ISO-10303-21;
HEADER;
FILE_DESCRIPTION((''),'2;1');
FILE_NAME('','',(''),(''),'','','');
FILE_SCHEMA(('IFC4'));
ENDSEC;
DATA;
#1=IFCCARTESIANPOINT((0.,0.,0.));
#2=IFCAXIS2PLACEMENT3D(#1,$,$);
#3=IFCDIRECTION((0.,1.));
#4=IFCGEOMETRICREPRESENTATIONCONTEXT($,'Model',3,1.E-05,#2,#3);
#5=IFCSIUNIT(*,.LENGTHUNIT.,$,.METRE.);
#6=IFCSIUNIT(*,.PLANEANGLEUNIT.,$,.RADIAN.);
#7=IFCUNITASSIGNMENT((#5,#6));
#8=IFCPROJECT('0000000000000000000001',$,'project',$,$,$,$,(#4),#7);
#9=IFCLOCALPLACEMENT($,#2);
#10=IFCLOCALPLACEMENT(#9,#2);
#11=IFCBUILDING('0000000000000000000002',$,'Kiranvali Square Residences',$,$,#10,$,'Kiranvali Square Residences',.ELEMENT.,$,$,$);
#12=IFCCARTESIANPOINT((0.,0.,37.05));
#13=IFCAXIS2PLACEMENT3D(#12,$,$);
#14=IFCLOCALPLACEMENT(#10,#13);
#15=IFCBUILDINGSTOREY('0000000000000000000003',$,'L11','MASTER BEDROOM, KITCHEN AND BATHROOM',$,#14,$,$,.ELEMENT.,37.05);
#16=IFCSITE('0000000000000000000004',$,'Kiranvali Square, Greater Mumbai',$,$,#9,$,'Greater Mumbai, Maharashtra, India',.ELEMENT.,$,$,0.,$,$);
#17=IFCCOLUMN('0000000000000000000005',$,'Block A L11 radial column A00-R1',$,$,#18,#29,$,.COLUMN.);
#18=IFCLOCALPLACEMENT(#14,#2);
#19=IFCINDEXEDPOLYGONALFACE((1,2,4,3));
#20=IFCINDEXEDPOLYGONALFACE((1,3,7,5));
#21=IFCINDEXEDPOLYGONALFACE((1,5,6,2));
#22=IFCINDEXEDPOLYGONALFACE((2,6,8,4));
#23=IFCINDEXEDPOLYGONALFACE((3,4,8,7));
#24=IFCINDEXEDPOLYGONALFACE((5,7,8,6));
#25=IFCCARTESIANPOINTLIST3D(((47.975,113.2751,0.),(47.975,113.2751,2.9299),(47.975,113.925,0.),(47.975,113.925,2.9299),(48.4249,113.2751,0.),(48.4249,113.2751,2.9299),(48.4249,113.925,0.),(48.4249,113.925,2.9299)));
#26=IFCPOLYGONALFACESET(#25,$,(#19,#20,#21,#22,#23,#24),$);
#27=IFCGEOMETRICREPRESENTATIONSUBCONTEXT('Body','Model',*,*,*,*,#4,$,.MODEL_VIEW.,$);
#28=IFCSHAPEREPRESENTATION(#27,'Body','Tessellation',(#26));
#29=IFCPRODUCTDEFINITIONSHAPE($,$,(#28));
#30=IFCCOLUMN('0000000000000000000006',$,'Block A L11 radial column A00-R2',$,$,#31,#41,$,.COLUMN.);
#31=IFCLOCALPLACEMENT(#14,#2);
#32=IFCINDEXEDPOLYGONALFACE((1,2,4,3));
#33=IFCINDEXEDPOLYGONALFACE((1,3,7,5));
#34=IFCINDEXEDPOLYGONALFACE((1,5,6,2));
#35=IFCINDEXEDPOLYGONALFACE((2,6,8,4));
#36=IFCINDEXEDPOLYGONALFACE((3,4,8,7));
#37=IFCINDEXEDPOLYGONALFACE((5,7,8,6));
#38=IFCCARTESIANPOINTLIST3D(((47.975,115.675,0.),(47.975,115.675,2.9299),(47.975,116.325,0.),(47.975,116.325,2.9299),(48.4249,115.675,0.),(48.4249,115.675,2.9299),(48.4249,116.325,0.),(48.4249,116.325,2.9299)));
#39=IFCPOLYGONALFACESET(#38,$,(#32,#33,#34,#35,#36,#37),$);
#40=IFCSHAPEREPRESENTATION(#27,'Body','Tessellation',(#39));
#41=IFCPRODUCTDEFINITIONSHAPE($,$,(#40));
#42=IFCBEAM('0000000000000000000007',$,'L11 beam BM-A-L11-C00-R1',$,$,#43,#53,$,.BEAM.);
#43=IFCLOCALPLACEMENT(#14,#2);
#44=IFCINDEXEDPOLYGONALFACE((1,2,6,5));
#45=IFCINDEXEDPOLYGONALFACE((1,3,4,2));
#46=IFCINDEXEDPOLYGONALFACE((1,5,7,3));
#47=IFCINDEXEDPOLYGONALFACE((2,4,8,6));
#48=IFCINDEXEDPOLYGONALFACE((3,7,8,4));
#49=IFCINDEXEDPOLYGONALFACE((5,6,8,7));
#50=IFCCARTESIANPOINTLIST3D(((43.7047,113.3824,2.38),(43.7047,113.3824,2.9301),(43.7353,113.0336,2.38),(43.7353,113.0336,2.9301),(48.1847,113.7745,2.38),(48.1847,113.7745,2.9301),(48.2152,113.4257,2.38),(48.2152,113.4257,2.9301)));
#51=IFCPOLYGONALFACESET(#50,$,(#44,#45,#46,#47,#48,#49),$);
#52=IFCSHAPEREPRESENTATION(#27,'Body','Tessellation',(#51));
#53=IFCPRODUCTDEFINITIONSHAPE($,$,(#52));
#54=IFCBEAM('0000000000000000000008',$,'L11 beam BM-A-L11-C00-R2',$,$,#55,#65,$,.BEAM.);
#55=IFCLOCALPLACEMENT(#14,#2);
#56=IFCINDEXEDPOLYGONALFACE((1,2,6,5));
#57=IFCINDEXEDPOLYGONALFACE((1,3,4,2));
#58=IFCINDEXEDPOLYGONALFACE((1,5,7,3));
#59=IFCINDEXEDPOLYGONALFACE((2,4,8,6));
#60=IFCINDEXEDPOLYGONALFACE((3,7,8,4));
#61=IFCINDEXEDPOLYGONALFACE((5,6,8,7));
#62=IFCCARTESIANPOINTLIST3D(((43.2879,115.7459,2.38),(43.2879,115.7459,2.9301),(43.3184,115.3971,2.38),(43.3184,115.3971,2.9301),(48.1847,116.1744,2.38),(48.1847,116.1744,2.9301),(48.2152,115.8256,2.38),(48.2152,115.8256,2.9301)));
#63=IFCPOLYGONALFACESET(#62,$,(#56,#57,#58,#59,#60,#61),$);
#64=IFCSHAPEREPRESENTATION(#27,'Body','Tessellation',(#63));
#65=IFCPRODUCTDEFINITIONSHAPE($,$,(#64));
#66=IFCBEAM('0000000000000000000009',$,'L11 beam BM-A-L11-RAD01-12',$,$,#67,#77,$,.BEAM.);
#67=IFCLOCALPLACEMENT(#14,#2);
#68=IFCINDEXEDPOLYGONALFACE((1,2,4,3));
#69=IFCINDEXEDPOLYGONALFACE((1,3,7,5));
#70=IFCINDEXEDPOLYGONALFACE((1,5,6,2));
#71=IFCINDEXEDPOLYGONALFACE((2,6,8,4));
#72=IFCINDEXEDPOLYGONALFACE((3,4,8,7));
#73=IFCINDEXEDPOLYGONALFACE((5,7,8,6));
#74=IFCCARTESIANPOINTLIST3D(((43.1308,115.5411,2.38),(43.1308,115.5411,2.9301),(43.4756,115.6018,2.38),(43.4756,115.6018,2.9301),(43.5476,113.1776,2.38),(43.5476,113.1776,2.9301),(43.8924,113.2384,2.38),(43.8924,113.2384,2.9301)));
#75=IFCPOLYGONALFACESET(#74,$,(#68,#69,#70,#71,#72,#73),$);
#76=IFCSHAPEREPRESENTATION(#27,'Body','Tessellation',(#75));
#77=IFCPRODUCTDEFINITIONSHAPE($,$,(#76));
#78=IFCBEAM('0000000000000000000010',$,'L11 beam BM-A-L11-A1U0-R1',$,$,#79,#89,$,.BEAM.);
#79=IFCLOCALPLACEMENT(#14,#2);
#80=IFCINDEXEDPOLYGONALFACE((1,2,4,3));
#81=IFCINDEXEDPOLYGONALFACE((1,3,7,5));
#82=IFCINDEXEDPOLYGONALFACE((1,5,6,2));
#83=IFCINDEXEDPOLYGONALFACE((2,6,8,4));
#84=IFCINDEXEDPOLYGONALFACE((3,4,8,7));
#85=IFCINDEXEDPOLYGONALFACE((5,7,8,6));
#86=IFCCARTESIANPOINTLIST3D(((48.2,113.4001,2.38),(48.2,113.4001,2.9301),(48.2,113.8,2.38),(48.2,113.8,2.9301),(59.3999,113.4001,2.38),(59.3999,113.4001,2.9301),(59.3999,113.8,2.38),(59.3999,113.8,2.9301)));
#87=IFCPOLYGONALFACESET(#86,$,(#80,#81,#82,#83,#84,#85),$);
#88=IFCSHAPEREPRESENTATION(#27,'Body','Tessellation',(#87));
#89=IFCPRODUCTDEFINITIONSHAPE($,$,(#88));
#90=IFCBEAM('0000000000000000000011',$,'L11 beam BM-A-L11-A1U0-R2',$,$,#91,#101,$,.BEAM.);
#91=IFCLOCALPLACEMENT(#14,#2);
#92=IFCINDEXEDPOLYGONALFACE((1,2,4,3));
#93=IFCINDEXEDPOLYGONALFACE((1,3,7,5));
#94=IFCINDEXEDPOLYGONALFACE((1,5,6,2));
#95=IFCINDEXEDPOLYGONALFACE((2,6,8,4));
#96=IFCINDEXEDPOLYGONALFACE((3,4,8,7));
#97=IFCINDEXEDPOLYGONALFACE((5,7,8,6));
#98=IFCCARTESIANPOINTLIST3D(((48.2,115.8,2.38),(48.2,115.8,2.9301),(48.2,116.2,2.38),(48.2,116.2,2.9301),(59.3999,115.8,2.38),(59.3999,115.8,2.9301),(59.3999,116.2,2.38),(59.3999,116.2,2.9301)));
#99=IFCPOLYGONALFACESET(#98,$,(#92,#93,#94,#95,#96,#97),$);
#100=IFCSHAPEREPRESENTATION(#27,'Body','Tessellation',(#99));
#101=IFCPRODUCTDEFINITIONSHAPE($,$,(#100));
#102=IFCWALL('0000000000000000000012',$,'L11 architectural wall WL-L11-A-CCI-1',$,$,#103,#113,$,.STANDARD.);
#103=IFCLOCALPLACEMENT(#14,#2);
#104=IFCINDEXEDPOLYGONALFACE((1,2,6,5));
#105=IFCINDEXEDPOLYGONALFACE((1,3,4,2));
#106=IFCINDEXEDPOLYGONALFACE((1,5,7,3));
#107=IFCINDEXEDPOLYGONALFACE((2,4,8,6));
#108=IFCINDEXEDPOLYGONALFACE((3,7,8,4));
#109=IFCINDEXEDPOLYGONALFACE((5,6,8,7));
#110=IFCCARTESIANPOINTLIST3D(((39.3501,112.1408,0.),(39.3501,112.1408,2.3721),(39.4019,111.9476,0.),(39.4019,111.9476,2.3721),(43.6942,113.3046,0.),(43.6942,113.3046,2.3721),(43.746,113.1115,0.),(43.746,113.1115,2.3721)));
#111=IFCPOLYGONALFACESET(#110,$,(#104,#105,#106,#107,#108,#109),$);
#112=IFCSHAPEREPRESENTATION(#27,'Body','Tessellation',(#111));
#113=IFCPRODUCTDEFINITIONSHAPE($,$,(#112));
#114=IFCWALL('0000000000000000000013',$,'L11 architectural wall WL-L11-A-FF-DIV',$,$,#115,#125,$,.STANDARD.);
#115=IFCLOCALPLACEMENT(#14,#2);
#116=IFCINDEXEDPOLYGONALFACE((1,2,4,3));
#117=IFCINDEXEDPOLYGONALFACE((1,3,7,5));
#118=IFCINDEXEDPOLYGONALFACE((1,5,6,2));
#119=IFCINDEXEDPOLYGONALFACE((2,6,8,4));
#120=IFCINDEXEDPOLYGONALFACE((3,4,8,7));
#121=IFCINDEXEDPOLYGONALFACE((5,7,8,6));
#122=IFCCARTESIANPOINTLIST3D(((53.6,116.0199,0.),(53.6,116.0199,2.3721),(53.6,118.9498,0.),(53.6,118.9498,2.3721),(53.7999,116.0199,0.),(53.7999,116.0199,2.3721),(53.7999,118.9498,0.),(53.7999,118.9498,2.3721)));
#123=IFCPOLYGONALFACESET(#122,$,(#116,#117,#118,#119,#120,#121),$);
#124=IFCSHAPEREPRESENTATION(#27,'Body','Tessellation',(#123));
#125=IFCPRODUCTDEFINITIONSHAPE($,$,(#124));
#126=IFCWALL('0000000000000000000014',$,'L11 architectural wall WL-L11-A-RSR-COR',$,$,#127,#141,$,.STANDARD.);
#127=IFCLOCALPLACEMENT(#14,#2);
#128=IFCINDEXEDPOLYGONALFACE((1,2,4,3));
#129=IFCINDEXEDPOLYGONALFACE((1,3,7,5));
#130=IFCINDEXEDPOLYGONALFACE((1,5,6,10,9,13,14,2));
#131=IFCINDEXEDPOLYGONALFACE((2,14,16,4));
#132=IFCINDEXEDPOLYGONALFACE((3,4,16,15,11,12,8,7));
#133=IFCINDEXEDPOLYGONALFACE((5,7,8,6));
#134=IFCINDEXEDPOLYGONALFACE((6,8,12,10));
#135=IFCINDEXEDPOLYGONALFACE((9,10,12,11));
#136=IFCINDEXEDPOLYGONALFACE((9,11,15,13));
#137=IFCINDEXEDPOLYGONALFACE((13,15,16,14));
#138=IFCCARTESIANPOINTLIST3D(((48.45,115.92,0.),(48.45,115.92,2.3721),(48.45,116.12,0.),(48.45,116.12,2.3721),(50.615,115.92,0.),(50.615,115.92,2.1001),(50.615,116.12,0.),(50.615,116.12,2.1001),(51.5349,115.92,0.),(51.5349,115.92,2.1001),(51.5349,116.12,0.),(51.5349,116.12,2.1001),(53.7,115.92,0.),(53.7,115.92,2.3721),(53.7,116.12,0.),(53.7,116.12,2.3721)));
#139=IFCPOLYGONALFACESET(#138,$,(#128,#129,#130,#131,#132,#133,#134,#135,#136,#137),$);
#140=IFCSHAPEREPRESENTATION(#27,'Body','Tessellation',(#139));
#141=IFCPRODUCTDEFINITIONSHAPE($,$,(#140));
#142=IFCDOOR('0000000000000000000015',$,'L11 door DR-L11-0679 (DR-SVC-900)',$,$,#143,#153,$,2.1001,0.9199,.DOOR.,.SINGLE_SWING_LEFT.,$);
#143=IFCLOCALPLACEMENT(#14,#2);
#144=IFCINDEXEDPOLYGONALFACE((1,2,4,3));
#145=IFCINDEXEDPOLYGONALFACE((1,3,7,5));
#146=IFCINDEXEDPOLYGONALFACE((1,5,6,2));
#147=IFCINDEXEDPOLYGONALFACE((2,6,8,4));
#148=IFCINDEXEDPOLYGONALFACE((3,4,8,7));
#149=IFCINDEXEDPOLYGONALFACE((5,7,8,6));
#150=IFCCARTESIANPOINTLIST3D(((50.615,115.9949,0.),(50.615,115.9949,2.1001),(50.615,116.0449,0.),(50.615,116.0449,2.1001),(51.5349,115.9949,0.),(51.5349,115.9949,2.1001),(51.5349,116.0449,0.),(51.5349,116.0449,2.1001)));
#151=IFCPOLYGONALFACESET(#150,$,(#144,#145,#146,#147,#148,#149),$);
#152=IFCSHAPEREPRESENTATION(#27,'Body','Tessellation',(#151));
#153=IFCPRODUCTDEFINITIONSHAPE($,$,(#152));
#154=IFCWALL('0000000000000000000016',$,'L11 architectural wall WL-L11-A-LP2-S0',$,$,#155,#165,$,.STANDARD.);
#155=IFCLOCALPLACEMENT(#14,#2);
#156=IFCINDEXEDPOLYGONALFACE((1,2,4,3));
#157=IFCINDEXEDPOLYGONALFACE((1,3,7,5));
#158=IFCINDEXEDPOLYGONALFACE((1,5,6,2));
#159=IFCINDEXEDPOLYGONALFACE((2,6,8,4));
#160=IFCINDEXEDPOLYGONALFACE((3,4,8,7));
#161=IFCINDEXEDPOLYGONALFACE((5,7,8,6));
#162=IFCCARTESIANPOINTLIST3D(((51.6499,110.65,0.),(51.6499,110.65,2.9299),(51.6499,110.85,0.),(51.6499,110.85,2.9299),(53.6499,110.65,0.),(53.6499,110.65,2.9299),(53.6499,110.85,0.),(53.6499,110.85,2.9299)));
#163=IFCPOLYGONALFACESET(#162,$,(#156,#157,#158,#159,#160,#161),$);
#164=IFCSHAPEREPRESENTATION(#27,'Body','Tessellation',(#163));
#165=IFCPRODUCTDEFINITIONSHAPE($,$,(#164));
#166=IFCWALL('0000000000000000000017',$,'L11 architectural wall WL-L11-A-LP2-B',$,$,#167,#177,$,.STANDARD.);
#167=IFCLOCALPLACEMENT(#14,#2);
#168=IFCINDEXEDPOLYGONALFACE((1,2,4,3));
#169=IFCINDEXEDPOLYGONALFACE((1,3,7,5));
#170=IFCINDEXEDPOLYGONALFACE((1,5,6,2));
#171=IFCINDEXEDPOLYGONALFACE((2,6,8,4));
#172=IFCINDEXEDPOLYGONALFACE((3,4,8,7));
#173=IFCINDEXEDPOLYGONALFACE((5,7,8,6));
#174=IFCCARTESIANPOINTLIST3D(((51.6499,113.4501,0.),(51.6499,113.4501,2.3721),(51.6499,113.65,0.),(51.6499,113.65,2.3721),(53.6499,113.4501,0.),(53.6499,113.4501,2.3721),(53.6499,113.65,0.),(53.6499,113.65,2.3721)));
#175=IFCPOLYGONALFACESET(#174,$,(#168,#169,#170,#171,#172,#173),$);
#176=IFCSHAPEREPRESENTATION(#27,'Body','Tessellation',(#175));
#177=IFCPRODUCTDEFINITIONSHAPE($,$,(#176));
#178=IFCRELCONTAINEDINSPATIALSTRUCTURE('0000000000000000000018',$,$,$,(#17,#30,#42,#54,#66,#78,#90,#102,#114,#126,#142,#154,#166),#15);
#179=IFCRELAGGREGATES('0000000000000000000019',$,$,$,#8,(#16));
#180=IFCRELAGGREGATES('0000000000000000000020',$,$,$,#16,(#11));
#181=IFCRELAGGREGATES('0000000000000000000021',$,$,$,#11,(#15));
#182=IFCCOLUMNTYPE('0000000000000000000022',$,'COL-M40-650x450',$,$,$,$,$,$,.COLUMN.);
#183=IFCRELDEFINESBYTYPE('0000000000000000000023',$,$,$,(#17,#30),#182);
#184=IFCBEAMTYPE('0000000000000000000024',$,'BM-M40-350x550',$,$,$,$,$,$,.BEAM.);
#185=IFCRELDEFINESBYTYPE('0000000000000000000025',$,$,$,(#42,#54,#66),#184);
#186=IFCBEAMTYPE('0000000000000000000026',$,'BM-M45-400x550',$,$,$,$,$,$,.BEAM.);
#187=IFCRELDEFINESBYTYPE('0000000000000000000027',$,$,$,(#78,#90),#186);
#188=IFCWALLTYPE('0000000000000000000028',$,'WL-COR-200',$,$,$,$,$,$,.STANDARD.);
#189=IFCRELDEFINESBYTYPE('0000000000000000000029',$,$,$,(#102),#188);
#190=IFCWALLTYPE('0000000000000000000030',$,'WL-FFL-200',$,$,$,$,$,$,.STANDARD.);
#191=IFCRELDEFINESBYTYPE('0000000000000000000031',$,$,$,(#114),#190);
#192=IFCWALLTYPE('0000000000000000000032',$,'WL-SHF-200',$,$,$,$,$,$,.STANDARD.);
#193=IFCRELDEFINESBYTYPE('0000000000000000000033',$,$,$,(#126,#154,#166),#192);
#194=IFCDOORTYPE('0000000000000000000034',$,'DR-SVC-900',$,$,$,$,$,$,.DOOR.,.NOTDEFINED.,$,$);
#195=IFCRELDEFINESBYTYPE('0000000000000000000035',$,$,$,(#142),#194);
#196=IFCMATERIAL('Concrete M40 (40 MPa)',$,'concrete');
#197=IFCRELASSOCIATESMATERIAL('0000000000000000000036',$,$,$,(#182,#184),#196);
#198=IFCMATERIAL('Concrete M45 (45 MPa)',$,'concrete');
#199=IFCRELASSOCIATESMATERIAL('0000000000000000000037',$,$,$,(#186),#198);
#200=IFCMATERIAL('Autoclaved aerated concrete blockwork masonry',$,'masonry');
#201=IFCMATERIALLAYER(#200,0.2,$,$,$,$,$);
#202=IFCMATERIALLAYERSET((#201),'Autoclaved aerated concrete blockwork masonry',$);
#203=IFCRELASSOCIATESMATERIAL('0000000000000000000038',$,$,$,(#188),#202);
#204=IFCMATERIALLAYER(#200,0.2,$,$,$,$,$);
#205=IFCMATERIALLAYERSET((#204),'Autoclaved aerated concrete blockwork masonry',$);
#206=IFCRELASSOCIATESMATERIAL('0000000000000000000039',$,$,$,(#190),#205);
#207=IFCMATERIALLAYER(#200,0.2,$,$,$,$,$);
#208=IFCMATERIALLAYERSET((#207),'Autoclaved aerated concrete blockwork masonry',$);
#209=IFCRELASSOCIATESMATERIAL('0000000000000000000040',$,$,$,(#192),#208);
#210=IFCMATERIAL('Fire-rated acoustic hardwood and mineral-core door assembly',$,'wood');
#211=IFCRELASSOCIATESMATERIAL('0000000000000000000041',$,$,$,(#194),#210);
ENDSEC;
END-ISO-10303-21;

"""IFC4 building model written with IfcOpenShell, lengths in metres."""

from ifc_helpers import new_model, si_unit, direction, frame, frame_2d, origin, origin_2d, place, context, subcontext, project, spatial, rectangle, extrude, material, layer, layer_set, material_profile, profile_set, type_object, element, fill, save


model = new_model("IFC4")

# Units and contexts
model_context = context("Model", 3, precision=1e-05, world=origin(), true_north=direction((0.0, 1.0)))
body_context = subcontext(model_context, "Body", "Model", "MODEL_VIEW")
ifc_project = project(units=[si_unit("LENGTHUNIT", "METRE"), si_unit("PLANEANGLEUNIT", "RADIAN")], contexts=[model_context])

# Site, building, storey
site_placement = place(None, origin())
site = spatial("IfcSite", under=ifc_project, at=site_placement, Name="Kiranvali Square, Greater Mumbai", LongName="Greater Mumbai, Maharashtra, India", CompositionType="ELEMENT", RefElevation=0.0)
building_placement = place(site_placement, origin())
building = spatial("IfcBuilding", under=site, at=building_placement, Name="Kiranvali Square Residences", LongName="Kiranvali Square Residences", CompositionType="ELEMENT")
storey_placement = place(building_placement, frame((0.0, 0.0, 37.05)))
storey = spatial("IfcBuildingStorey", under=building, at=storey_placement, Name="L11", Description="MASTER BEDROOM, KITCHEN AND BATHROOM", CompositionType="ELEMENT", Elevation=37.05)

# Columns
ifc_material_1 = material(Name="Concrete M40 (40 MPa)", Category="concrete")
ifc_material_profile_1 = material_profile(ifc_material_1, rectangle(XDim=0.45, YDim=0.6499, at=origin_2d()), Name="RC 650x450")
ifc_profile_set_1 = profile_set([ifc_material_profile_1], Name="Concrete M40 (40 MPa)")
column_type = type_object("IfcColumnType", Name="COL-M40-650x450", PredefinedType="COLUMN", material=ifc_profile_set_1)
for number, where, z_axis, x_axis, name in (
    (1, (48.2, 113.6001, 0.0), (0.0, 0.0, 1.0), (1.0, 0.0, 0.0), "Block A L11 radial column A00-R1"),
    (2, (48.2, 116.0, 0.0), (0.0, 0.0, 1.0), (1.0, 0.0, 0.0), "Block A L11 radial column A00-R2"),
):
    element("IfcColumn", number, at=place(storey_placement, frame(where, z_axis=z_axis, x_axis=x_axis)), inside=storey, type_object=column_type, Name=name, PredefinedType="COLUMN", context=body_context, shape_type="SweptSolid", body=[
        extrude(rectangle(XDim=0.45, YDim=0.6499, at=origin_2d()), origin(), (0.0, 0.0, 1.0), 2.9299),
    ])

# Beams
ifc_material_profile_2 = material_profile(ifc_material_1, rectangle(XDim=0.3501, YDim=0.55, at=origin_2d()), Name="RC 350x550")
ifc_profile_set_2 = profile_set([ifc_material_profile_2], Name="Concrete M40 (40 MPa)")
beam_type_1 = type_object("IfcBeamType", Name="BM-M40-350x550", PredefinedType="BEAM", material=ifc_profile_set_2)
beam_1_placement = place(storey_placement, frame((48.2, 113.6001, 2.655), z_axis=(-0.996192, -0.087187, 0.0), x_axis=(0.087187, -0.996192, 0.0)))
element("IfcBeam", 3, at=beam_1_placement, inside=storey, type_object=beam_type_1, Name="L11 beam BM-A-L11-C00-R1", PredefinedType="BEAM", context=body_context, shape_type="SweptSolid", body=[
    extrude(rectangle(XDim=0.3501, YDim=0.55, at=origin_2d()), origin(), (0.0, 0.0, 1.0), 4.4971),
])
beam_2_placement = place(storey_placement, frame((48.2, 116.0, 2.655), z_axis=(-0.996194, -0.087168, 0.0), x_axis=(0.087168, -0.996194, 0.0)))
element("IfcBeam", 4, at=beam_2_placement, inside=storey, type_object=beam_type_1, Name="L11 beam BM-A-L11-C00-R2", PredefinedType="BEAM", context=body_context, shape_type="SweptSolid", body=[
    extrude(rectangle(XDim=0.3501, YDim=0.55, at=origin_2d()), origin(), (0.0, 0.0, 1.0), 4.9155),
])
beam_3_placement = place(storey_placement, frame((43.72, 113.208, 2.655), z_axis=(-0.173646, 0.984808, 0.0), x_axis=(-0.984808, -0.173646, 0.0)))
element("IfcBeam", 5, at=beam_3_placement, inside=storey, type_object=beam_type_1, Name="L11 beam BM-A-L11-RAD01-12", PredefinedType="BEAM", context=body_context, shape_type="SweptSolid", body=[
    extrude(rectangle(XDim=0.3501, YDim=0.55, at=origin_2d()), origin(), (0.0, 0.0, 1.0), 2.3999),
])
ifc_material_2 = material(Name="Concrete M45 (45 MPa)", Category="concrete")
ifc_material_profile_3 = material_profile(ifc_material_2, rectangle(XDim=0.3999, YDim=0.55, at=origin_2d()), Name="RC 400x550")
ifc_profile_set_3 = profile_set([ifc_material_profile_3], Name="Concrete M45 (45 MPa)")
beam_type_2 = type_object("IfcBeamType", Name="BM-M45-400x550", PredefinedType="BEAM", material=ifc_profile_set_3)
for number, where, z_axis, x_axis, name in (
    (6, (48.2, 113.6001, 2.655), (1.0, 0.0, 0.0), (0.0, 1.0, 0.0), "L11 beam BM-A-L11-A1U0-R1"),
    (7, (48.2, 116.0, 2.655), (1.0, 0.0, 0.0), (0.0, 1.0, 0.0), "L11 beam BM-A-L11-A1U0-R2"),
):
    element("IfcBeam", number, at=place(storey_placement, frame(where, z_axis=z_axis, x_axis=x_axis)), inside=storey, type_object=beam_type_2, Name=name, PredefinedType="BEAM", context=body_context, shape_type="SweptSolid", body=[
        extrude(rectangle(XDim=0.3999, YDim=0.55, at=origin_2d()), origin(), (0.0, 0.0, 1.0), 11.2),
    ])

# Shared definitions
ifc_material_3 = material(Name="Autoclaved aerated concrete blockwork masonry", Category="masonry")
ifc_layer_1 = layer(ifc_material_3, 0.2)
ifc_layer_set_1 = layer_set([ifc_layer_1], Name="Autoclaved aerated concrete blockwork masonry")
wall_type_1 = type_object("IfcWallType", Name="WL-COR-200", PredefinedType="STANDARD", material=ifc_layer_set_1)
ifc_material_4 = material(Name="Fire-rated acoustic hardwood and mineral-core door assembly", Category="wood")

# Wall
wall_1_placement = place(storey_placement, frame((43.72, 113.208, 0.0), z_axis=(0.0, 0.0, 1.0), x_axis=(-0.965934, -0.258788, 0.0)))
element("IfcWall", 8, at=wall_1_placement, inside=storey, type_object=wall_type_1, Name="L11 architectural wall WL-L11-A-CCI-1", PredefinedType="STANDARD", context=body_context, shape_type="SweptSolid", body=[
    extrude(rectangle(XDim=4.4973, YDim=0.2, at=frame_2d((2.2485, 0.0))), origin(), (0.0, 0.0, 1.0), 2.3721),
])

# Shared definitions
ifc_layer_2 = layer(ifc_material_3, 0.2)
ifc_layer_set_2 = layer_set([ifc_layer_2], Name="Autoclaved aerated concrete blockwork masonry")
wall_type_2 = type_object("IfcWallType", Name="WL-FFL-200", PredefinedType="STANDARD", material=ifc_layer_set_2)

# Wall
wall_2_placement = place(storey_placement, frame((53.7, 116.02, 0.0), z_axis=(0.0, 0.0, 1.0), x_axis=(0.0, 1.0, 0.0)))
element("IfcWall", 9, at=wall_2_placement, inside=storey, type_object=wall_type_2, Name="L11 architectural wall WL-L11-A-FF-DIV", PredefinedType="STANDARD", context=body_context, shape_type="SweptSolid", body=[
    extrude(rectangle(XDim=2.9299, YDim=0.2, at=frame_2d((1.4648, 0.0))), origin(), (0.0, 0.0, 1.0), 2.3721),
])

# Wall, opening, door
ifc_layer_3 = layer(ifc_material_3, 0.2)
ifc_layer_set_3 = layer_set([ifc_layer_3], Name="Autoclaved aerated concrete blockwork masonry")
wall_type_3 = type_object("IfcWallType", Name="WL-SHF-200", PredefinedType="STANDARD", material=ifc_layer_set_3)
wall_3_placement = place(storey_placement, frame((48.45, 116.02, 0.0), z_axis=(0.0, 0.0, 1.0), x_axis=(1.0, 0.0, 0.0)))
wall_3 = element("IfcWall", 10, at=wall_3_placement, inside=storey, type_object=wall_type_3, Name="L11 architectural wall WL-L11-A-RSR-COR", PredefinedType="STANDARD", context=body_context, shape_type="SweptSolid", body=[
    extrude(rectangle(XDim=5.25, YDim=0.2, at=frame_2d((2.625, 0.0))), origin(), (0.0, 0.0, 1.0), 2.3721),
])
opening_1_placement = place(wall_3_placement, frame((2.165, 0.0, 0.0)))
opening_1 = element("IfcOpeningElement", 11, at=opening_1_placement, cuts=wall_3, PredefinedType="OPENING", context=body_context, shape_type="SweptSolid", body=[
    extrude(rectangle(XDim=0.9199, YDim=2.1001, at=frame_2d((0.46, 1.05))), frame((0.0, 0.1099, 0.0), z_axis=(0.0, -1.0, 0.0), x_axis=(1.0, 0.0, 0.0)), (0.0, 0.0, 1.0), 0.22),
])
door_type_1 = type_object("IfcDoorType", Name="DR-SVC-900", OperationType="NOTDEFINED", PredefinedType="DOOR", material=ifc_material_4)
door_1_placement = place(opening_1_placement, origin())
door_1 = element("IfcDoor", 12, at=door_1_placement, inside=storey, type_object=door_type_1, Name="L11 door DR-L11-0679 (DR-SVC-900)", OperationType="SINGLE_SWING_LEFT", OverallHeight=2.1001, OverallWidth=0.9199, PredefinedType="DOOR", context=body_context, shape_type="SweptSolid", body=[
    extrude(rectangle(XDim=0.9199, YDim=2.1001, at=frame_2d((0.46, 1.05))), frame((0.0, 0.0249, 0.0), z_axis=(0.0, -1.0, 0.0), x_axis=(1.0, 0.0, 0.0)), (0.0, 0.0, 1.0), 0.05),
])
fill(opening_1, door_1)

# Walls
wall_4_placement = place(storey_placement, frame((51.6499, 110.75, 0.0), z_axis=(0.0, 0.0, 1.0), x_axis=(1.0, 0.0, 0.0)))
element("IfcWall", 13, at=wall_4_placement, inside=storey, type_object=wall_type_3, Name="L11 architectural wall WL-L11-A-LP2-S0", PredefinedType="STANDARD", context=body_context, shape_type="SweptSolid", body=[
    extrude(rectangle(XDim=2.0, YDim=0.2, at=frame_2d((1.0, 0.0))), origin(), (0.0, 0.0, 1.0), 2.9299),
])
wall_5_placement = place(storey_placement, frame((51.6499, 113.55, 0.0), z_axis=(0.0, 0.0, 1.0), x_axis=(1.0, 0.0, 0.0)))
element("IfcWall", 14, at=wall_5_placement, inside=storey, type_object=wall_type_3, Name="L11 architectural wall WL-L11-A-LP2-B", PredefinedType="STANDARD", context=body_context, shape_type="SweptSolid", body=[
    extrude(rectangle(XDim=2.0, YDim=0.2, at=frame_2d((1.0, 0.0))), origin(), (0.0, 0.0, 1.0), 2.3721),
])

save(model, "model.ifc")
